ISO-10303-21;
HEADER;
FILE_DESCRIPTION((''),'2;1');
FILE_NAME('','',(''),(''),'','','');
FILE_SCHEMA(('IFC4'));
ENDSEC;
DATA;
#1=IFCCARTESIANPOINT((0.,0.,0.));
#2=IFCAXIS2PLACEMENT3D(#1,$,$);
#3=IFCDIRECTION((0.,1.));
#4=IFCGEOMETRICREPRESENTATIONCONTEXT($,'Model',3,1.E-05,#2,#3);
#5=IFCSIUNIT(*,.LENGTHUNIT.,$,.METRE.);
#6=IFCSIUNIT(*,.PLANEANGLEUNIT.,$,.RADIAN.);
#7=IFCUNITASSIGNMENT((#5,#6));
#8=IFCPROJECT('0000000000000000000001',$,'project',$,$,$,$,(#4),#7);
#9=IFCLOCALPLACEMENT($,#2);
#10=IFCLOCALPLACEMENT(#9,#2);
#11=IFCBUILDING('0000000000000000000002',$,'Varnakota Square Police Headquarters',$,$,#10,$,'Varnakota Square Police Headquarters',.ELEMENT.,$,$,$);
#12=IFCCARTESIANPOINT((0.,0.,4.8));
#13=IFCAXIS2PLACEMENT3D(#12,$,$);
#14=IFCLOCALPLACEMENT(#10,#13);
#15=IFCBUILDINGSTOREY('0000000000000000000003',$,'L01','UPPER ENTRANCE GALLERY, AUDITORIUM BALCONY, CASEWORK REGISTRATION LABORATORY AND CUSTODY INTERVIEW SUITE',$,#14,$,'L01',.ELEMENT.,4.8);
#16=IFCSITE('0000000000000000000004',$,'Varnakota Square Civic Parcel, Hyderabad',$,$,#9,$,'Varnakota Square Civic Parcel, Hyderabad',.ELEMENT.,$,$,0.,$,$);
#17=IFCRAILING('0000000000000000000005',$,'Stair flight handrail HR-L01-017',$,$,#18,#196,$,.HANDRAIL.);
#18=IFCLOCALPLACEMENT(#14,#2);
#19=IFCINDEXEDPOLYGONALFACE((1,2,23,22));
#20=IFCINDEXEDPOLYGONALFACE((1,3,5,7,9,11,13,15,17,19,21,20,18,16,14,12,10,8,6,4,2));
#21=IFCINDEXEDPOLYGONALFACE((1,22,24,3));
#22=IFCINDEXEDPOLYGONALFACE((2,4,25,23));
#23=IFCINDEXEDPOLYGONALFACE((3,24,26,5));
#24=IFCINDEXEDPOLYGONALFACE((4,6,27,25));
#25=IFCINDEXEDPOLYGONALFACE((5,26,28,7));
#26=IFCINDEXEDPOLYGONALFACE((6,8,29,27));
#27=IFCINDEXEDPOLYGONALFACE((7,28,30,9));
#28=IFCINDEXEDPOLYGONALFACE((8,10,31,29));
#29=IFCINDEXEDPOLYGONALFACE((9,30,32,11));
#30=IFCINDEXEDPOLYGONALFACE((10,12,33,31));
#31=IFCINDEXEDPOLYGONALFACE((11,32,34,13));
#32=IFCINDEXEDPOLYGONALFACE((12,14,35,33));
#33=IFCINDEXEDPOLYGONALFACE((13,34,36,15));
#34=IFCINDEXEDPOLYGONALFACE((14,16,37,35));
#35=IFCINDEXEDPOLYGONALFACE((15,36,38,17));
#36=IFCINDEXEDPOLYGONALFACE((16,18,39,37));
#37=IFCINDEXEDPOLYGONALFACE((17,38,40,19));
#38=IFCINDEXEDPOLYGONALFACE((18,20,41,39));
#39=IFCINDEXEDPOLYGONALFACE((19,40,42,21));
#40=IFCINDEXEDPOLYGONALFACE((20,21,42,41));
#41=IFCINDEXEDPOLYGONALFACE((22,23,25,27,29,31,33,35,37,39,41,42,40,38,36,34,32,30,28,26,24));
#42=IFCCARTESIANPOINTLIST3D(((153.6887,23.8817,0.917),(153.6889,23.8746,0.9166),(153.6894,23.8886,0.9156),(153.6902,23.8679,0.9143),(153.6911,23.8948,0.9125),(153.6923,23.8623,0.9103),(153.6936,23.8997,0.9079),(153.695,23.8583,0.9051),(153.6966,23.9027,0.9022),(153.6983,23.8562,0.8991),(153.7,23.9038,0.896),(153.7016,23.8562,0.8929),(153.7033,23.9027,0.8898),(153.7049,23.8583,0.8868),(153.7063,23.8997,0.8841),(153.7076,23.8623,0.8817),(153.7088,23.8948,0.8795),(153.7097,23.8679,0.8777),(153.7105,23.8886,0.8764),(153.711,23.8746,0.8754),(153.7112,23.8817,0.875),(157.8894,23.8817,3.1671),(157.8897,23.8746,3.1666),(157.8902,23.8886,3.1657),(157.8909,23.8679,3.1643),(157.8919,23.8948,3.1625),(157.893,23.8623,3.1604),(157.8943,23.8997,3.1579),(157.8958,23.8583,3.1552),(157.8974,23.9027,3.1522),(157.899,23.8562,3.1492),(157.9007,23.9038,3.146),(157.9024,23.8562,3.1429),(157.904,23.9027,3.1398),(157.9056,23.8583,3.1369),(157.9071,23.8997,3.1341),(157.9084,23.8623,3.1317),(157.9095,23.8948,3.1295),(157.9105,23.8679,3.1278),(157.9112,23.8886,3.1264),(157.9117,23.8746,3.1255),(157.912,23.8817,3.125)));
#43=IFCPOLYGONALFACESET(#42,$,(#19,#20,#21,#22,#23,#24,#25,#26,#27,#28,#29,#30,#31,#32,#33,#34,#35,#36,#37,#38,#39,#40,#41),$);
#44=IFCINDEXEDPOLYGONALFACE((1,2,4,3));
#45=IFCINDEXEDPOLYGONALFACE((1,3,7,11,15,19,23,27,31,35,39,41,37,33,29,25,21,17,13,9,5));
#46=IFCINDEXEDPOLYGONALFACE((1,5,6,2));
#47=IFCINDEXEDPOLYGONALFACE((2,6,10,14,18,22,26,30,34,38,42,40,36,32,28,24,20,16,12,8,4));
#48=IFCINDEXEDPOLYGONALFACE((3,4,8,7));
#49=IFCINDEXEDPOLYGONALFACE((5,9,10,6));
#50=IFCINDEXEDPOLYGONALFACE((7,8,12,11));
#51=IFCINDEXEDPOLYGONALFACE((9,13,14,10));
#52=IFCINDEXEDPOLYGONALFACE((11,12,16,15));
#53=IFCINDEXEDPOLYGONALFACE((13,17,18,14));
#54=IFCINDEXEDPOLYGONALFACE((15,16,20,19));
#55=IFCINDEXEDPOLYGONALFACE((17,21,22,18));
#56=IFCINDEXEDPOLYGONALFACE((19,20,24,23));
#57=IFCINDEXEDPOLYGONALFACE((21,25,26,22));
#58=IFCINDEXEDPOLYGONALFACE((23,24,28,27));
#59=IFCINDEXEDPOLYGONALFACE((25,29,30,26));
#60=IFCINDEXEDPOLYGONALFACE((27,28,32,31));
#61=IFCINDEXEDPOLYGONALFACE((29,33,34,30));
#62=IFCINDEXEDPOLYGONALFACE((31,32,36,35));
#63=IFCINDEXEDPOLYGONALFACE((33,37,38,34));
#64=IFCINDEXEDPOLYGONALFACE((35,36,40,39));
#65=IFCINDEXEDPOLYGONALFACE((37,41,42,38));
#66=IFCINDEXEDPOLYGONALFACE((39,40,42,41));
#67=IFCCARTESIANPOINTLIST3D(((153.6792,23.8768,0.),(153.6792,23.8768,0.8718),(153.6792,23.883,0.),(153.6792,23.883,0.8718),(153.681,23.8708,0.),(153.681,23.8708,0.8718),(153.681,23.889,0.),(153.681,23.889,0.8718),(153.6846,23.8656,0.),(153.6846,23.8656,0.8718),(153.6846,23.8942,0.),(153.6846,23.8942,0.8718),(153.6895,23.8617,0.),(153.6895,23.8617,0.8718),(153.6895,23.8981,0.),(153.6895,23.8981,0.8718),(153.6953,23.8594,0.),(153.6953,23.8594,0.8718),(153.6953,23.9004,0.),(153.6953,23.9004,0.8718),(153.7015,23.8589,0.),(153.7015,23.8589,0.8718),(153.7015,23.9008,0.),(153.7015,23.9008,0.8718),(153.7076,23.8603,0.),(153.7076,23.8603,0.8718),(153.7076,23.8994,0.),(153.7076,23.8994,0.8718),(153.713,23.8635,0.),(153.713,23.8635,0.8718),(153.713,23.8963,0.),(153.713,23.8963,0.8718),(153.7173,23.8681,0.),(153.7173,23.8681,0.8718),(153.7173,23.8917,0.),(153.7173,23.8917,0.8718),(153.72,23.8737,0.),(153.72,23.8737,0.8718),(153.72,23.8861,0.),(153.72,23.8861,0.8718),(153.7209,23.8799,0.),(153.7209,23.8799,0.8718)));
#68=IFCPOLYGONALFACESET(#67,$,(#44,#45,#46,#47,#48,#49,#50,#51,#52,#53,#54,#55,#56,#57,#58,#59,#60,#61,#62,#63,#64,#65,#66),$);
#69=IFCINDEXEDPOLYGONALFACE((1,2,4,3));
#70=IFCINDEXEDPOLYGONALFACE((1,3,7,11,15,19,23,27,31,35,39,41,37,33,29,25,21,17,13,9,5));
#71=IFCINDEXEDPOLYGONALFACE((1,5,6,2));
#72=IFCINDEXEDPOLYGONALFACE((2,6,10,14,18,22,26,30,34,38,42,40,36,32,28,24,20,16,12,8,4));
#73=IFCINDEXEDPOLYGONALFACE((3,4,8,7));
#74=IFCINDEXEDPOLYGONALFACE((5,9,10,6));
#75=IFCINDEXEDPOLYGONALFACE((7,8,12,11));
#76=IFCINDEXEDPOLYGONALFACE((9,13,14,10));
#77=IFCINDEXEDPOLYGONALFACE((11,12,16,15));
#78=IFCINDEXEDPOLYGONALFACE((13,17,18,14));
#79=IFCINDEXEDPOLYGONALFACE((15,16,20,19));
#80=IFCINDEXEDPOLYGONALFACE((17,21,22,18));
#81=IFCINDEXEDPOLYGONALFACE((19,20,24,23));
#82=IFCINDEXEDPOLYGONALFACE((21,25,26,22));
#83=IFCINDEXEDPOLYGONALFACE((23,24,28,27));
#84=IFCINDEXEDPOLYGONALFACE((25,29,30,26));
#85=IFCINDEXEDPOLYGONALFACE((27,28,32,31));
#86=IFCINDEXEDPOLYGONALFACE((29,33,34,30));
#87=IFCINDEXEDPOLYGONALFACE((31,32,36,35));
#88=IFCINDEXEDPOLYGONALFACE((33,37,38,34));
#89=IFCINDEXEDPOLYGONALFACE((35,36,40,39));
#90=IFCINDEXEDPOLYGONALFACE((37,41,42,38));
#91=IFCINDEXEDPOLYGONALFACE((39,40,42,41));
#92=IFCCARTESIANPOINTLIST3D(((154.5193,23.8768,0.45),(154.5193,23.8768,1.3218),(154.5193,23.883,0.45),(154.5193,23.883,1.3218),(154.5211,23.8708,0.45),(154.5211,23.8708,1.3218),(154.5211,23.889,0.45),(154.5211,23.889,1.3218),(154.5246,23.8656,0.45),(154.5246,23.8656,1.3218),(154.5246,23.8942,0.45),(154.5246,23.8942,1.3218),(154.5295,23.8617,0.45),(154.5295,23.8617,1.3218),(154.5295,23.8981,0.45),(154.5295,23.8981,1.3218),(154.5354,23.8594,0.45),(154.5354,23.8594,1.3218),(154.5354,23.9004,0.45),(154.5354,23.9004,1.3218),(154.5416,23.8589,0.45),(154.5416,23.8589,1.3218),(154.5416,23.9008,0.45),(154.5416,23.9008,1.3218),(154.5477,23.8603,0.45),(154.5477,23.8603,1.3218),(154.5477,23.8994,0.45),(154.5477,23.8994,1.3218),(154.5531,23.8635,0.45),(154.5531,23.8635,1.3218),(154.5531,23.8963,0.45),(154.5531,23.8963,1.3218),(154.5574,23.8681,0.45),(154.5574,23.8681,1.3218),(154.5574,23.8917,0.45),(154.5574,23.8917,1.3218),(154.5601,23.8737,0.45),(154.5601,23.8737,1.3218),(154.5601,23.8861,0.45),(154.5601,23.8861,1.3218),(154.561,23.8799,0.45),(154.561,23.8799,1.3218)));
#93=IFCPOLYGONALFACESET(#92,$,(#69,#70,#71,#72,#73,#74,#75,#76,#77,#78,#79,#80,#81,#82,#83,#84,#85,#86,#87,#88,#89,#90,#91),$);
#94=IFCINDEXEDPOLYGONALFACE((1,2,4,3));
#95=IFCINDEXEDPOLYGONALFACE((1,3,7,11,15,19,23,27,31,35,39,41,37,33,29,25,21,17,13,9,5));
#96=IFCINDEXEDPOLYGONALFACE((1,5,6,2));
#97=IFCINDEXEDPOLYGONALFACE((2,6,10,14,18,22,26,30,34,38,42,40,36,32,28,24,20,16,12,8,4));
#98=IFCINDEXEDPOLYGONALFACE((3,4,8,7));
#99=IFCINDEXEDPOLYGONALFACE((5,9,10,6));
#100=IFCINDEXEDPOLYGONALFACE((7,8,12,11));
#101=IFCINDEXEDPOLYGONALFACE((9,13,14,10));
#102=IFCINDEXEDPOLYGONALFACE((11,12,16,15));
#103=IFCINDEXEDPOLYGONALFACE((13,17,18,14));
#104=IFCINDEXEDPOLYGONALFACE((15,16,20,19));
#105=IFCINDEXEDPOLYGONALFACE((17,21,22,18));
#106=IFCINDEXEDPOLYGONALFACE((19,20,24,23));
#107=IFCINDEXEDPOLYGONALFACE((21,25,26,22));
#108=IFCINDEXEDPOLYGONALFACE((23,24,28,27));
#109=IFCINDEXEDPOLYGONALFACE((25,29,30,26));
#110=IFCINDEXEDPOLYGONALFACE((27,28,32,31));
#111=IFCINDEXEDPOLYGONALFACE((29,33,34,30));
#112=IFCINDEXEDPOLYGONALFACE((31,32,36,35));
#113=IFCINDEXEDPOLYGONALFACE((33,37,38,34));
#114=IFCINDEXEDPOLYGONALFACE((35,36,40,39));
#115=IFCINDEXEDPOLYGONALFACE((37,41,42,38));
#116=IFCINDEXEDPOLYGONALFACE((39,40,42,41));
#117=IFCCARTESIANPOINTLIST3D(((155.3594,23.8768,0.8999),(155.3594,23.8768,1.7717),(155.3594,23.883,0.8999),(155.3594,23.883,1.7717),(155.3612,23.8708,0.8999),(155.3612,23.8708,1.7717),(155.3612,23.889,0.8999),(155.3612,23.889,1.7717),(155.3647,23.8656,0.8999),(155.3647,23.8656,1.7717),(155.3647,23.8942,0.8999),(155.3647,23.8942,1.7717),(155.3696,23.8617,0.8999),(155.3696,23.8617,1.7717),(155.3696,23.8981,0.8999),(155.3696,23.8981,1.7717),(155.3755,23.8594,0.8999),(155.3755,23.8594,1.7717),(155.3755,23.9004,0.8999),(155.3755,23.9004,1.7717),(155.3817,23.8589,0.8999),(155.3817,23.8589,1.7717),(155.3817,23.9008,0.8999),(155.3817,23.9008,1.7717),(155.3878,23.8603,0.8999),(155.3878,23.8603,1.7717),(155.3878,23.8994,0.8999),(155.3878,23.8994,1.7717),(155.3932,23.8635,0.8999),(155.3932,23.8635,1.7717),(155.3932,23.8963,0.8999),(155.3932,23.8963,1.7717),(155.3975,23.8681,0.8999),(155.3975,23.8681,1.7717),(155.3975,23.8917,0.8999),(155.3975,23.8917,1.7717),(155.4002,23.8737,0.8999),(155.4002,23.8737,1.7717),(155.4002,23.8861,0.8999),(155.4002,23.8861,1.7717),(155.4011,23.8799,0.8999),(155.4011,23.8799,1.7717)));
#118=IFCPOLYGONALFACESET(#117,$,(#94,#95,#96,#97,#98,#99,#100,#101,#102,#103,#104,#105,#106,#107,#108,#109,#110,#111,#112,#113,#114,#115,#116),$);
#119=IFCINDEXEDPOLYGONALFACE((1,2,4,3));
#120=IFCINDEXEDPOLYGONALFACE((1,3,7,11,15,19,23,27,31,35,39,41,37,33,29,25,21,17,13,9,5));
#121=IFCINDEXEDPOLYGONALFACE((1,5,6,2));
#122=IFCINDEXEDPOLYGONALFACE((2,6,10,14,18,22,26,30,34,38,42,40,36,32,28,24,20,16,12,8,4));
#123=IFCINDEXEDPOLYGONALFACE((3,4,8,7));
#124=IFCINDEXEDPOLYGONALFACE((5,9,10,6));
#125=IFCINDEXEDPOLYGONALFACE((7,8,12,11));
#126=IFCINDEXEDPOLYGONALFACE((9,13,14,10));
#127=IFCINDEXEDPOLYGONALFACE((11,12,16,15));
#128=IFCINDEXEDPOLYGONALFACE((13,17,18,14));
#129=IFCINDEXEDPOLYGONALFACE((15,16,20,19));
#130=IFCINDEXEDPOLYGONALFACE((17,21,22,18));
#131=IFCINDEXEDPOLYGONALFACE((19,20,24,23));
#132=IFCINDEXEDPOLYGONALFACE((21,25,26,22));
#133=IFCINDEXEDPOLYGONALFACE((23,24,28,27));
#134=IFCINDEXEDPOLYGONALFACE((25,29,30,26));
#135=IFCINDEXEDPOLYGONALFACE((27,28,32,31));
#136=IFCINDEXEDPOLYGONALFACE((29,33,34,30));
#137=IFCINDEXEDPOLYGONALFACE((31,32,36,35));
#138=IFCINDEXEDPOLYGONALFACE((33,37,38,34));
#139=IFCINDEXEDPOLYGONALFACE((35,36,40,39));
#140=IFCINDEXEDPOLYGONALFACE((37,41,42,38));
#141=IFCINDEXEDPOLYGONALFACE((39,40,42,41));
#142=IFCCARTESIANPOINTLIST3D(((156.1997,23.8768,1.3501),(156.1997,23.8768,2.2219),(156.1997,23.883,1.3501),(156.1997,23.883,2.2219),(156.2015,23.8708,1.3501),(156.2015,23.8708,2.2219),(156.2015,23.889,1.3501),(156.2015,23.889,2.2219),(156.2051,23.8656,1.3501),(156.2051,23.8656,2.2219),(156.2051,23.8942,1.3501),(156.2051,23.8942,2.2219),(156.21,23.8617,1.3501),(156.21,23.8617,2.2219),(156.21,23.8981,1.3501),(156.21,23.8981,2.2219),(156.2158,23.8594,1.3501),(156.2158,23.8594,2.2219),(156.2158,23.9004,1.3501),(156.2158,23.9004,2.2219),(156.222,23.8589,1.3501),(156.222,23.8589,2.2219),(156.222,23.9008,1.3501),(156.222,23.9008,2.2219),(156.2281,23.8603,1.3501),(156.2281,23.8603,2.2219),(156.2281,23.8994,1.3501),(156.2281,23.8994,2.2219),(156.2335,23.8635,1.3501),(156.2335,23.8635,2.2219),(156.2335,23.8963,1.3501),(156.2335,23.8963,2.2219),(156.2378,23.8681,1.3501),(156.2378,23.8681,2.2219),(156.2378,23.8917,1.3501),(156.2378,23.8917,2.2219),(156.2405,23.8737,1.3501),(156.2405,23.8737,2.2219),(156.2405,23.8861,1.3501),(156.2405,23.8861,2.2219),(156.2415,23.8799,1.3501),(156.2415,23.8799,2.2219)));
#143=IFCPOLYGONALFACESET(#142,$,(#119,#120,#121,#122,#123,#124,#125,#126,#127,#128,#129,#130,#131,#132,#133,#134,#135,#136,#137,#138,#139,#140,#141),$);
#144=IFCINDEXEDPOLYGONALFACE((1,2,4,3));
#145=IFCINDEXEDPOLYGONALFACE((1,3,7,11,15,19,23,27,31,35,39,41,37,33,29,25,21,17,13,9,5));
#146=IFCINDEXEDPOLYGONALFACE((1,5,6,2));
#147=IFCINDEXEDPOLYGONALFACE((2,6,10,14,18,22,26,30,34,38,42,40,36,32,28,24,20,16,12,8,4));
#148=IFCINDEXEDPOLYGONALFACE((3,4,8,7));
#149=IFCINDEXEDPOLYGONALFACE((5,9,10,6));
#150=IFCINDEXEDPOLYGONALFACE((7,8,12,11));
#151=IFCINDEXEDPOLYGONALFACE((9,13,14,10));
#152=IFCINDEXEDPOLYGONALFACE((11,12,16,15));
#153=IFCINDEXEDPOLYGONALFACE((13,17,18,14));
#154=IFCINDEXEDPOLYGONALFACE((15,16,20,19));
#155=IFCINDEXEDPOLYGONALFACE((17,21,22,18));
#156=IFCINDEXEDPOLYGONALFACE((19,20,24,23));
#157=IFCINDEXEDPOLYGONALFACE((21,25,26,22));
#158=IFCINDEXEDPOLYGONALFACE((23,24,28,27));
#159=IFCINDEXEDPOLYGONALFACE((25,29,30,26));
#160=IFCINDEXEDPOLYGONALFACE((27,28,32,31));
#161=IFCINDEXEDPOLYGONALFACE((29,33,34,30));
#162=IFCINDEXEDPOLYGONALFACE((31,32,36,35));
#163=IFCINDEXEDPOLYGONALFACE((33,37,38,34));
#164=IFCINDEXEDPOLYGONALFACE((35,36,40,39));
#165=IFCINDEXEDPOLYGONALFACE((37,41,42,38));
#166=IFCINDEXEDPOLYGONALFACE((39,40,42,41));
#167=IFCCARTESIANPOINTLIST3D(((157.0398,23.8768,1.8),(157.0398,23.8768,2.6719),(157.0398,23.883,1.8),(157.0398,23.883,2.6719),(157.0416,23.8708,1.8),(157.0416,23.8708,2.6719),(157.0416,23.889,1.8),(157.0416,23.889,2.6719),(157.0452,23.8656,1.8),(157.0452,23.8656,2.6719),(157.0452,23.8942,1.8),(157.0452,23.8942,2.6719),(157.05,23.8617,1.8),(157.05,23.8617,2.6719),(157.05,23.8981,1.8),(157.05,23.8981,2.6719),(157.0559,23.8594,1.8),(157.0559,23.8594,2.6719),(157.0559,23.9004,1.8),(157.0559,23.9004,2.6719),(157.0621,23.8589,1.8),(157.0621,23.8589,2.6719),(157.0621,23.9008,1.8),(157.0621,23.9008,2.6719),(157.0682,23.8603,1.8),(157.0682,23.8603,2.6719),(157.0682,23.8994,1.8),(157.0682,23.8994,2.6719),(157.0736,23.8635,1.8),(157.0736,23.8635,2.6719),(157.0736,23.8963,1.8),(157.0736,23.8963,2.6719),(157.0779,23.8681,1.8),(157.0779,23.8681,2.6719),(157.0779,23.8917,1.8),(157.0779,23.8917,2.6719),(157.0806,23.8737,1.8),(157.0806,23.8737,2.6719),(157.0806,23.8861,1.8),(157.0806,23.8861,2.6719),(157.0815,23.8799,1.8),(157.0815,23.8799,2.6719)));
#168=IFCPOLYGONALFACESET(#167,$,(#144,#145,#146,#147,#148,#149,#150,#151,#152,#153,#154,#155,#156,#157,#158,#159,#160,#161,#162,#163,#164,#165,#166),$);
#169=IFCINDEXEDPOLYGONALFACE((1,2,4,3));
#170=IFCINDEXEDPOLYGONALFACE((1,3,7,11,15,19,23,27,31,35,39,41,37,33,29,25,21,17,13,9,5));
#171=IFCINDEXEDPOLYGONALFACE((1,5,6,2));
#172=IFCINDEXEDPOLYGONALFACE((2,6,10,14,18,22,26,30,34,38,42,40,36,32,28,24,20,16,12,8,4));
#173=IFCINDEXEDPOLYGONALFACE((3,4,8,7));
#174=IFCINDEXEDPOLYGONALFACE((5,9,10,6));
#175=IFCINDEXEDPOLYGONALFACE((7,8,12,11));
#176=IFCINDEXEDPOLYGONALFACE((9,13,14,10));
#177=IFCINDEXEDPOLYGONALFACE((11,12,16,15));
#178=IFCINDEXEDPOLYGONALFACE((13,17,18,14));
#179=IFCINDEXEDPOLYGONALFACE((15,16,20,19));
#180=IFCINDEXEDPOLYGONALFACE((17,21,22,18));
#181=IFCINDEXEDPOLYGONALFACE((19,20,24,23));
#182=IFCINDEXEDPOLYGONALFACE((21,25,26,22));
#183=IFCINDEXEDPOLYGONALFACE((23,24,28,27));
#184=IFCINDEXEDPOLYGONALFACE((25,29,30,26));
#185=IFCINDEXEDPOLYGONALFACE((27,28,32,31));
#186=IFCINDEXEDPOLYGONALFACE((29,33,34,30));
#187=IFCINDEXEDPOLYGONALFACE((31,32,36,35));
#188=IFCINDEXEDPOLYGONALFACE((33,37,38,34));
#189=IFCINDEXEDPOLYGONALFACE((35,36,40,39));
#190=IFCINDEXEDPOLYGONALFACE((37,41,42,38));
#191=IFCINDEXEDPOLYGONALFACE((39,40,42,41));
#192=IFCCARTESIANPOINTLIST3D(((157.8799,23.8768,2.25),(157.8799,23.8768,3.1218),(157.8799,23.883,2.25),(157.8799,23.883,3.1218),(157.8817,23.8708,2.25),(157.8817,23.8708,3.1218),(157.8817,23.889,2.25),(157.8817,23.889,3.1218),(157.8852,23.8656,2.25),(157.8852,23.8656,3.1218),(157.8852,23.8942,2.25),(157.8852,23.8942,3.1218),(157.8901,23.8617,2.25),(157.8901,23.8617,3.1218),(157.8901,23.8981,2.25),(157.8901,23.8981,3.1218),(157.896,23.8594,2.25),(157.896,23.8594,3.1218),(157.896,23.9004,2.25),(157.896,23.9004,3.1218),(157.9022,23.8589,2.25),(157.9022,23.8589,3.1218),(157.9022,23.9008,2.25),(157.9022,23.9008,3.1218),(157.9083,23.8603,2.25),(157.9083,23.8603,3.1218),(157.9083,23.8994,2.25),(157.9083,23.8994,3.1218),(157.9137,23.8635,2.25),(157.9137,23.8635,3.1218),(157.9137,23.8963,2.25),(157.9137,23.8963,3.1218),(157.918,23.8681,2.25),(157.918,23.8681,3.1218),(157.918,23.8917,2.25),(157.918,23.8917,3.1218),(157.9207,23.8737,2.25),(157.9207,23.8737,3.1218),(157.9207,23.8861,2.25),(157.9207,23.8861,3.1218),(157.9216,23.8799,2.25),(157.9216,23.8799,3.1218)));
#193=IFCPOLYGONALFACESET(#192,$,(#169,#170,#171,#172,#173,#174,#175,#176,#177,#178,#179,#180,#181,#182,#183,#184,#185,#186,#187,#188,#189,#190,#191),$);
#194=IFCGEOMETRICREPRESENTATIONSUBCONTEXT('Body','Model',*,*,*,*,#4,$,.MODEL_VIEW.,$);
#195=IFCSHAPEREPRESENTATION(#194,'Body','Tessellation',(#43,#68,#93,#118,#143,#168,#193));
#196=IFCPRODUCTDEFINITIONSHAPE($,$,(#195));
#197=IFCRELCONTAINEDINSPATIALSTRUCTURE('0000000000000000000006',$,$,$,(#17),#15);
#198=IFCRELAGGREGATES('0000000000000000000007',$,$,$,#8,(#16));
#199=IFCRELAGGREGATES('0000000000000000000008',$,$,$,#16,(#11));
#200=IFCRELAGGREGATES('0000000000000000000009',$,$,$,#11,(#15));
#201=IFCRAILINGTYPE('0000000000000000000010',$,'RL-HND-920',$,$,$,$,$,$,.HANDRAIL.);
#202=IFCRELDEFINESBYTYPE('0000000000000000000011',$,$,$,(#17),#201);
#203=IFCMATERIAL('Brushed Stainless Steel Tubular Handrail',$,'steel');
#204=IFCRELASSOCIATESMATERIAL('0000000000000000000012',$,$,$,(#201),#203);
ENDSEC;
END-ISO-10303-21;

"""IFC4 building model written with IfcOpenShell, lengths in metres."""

from ifc_helpers import new_model, si_unit, direction, frame, origin, origin_2d, place, context, subcontext, project, spatial, circle, extrude, material, type_object, element, save


model = new_model("IFC4")

# Units and contexts
model_context = context("Model", 3, precision=1e-05, world=origin(), true_north=direction((0.0, 1.0)))
body_context = subcontext(model_context, "Body", "Model", "MODEL_VIEW")
ifc_project = project(units=[si_unit("LENGTHUNIT", "METRE"), si_unit("PLANEANGLEUNIT", "RADIAN")], contexts=[model_context])

# Site, building, storey
site_placement = place(None, origin())
site = spatial("IfcSite", under=ifc_project, at=site_placement, Name="Varnakota Square Civic Parcel, Hyderabad", LongName="Varnakota Square Civic Parcel, Hyderabad", CompositionType="ELEMENT", RefElevation=0.0)
building_placement = place(site_placement, origin())
building = spatial("IfcBuilding", under=site, at=building_placement, Name="Varnakota Square Police Headquarters", LongName="Varnakota Square Police Headquarters", CompositionType="ELEMENT")
storey_placement = place(building_placement, frame((0.0, 0.0, 4.8)))
storey = spatial("IfcBuildingStorey", under=building, at=storey_placement, Name="L01", Description="UPPER ENTRANCE GALLERY, AUDITORIUM BALCONY, CASEWORK REGISTRATION LABORATORY AND CUSTODY INTERVIEW SUITE", LongName="L01", CompositionType="ELEMENT", Elevation=4.8)

# Railing
ifc_material_1 = material(Name="Brushed Stainless Steel Tubular Handrail", Category="steel")
railing_type_1 = type_object("IfcRailingType", Name="RL-HND-920", PredefinedType="HANDRAIL", material=ifc_material_1)
railing_1_placement = place(storey_placement, frame((153.7, 23.8799, 0.0)))
element("IfcRailing", 1, at=railing_1_placement, inside=storey, type_object=railing_type_1, Name="Stair flight handrail HR-L01-017", PredefinedType="HANDRAIL", context=body_context, shape_type="SweptSolid", body=[
    extrude(circle(Radius=0.0239, at=origin_2d()), frame((0.0, 0.0, 0.896), z_axis=(0.881512, 0.0, 0.472162), x_axis=(0.0, 1.0, 0.0)), (0.0, 0.0, 1.0), 4.7654),
    extrude(circle(Radius=0.021, at=origin_2d()), origin(), (0.0, 0.0, 1.0), 0.8718),
    extrude(circle(Radius=0.021, at=origin_2d()), frame((0.8401, 0.0, 0.45)), (0.0, 0.0, 1.0), 0.8718),
    extrude(circle(Radius=0.021, at=origin_2d()), frame((1.6802, 0.0, 0.8999)), (0.0, 0.0, 1.0), 0.8718),
    extrude(circle(Radius=0.021, at=origin_2d()), frame((2.5205, 0.0, 1.3501)), (0.0, 0.0, 1.0), 0.8718),
    extrude(circle(Radius=0.021, at=origin_2d()), frame((3.3606, 0.0, 1.8)), (0.0, 0.0, 1.0), 0.8718),
    extrude(circle(Radius=0.021, at=origin_2d()), frame((4.2007, 0.0, 2.25)), (0.0, 0.0, 1.0), 0.8718),
])

save(model, "model.ifc")
